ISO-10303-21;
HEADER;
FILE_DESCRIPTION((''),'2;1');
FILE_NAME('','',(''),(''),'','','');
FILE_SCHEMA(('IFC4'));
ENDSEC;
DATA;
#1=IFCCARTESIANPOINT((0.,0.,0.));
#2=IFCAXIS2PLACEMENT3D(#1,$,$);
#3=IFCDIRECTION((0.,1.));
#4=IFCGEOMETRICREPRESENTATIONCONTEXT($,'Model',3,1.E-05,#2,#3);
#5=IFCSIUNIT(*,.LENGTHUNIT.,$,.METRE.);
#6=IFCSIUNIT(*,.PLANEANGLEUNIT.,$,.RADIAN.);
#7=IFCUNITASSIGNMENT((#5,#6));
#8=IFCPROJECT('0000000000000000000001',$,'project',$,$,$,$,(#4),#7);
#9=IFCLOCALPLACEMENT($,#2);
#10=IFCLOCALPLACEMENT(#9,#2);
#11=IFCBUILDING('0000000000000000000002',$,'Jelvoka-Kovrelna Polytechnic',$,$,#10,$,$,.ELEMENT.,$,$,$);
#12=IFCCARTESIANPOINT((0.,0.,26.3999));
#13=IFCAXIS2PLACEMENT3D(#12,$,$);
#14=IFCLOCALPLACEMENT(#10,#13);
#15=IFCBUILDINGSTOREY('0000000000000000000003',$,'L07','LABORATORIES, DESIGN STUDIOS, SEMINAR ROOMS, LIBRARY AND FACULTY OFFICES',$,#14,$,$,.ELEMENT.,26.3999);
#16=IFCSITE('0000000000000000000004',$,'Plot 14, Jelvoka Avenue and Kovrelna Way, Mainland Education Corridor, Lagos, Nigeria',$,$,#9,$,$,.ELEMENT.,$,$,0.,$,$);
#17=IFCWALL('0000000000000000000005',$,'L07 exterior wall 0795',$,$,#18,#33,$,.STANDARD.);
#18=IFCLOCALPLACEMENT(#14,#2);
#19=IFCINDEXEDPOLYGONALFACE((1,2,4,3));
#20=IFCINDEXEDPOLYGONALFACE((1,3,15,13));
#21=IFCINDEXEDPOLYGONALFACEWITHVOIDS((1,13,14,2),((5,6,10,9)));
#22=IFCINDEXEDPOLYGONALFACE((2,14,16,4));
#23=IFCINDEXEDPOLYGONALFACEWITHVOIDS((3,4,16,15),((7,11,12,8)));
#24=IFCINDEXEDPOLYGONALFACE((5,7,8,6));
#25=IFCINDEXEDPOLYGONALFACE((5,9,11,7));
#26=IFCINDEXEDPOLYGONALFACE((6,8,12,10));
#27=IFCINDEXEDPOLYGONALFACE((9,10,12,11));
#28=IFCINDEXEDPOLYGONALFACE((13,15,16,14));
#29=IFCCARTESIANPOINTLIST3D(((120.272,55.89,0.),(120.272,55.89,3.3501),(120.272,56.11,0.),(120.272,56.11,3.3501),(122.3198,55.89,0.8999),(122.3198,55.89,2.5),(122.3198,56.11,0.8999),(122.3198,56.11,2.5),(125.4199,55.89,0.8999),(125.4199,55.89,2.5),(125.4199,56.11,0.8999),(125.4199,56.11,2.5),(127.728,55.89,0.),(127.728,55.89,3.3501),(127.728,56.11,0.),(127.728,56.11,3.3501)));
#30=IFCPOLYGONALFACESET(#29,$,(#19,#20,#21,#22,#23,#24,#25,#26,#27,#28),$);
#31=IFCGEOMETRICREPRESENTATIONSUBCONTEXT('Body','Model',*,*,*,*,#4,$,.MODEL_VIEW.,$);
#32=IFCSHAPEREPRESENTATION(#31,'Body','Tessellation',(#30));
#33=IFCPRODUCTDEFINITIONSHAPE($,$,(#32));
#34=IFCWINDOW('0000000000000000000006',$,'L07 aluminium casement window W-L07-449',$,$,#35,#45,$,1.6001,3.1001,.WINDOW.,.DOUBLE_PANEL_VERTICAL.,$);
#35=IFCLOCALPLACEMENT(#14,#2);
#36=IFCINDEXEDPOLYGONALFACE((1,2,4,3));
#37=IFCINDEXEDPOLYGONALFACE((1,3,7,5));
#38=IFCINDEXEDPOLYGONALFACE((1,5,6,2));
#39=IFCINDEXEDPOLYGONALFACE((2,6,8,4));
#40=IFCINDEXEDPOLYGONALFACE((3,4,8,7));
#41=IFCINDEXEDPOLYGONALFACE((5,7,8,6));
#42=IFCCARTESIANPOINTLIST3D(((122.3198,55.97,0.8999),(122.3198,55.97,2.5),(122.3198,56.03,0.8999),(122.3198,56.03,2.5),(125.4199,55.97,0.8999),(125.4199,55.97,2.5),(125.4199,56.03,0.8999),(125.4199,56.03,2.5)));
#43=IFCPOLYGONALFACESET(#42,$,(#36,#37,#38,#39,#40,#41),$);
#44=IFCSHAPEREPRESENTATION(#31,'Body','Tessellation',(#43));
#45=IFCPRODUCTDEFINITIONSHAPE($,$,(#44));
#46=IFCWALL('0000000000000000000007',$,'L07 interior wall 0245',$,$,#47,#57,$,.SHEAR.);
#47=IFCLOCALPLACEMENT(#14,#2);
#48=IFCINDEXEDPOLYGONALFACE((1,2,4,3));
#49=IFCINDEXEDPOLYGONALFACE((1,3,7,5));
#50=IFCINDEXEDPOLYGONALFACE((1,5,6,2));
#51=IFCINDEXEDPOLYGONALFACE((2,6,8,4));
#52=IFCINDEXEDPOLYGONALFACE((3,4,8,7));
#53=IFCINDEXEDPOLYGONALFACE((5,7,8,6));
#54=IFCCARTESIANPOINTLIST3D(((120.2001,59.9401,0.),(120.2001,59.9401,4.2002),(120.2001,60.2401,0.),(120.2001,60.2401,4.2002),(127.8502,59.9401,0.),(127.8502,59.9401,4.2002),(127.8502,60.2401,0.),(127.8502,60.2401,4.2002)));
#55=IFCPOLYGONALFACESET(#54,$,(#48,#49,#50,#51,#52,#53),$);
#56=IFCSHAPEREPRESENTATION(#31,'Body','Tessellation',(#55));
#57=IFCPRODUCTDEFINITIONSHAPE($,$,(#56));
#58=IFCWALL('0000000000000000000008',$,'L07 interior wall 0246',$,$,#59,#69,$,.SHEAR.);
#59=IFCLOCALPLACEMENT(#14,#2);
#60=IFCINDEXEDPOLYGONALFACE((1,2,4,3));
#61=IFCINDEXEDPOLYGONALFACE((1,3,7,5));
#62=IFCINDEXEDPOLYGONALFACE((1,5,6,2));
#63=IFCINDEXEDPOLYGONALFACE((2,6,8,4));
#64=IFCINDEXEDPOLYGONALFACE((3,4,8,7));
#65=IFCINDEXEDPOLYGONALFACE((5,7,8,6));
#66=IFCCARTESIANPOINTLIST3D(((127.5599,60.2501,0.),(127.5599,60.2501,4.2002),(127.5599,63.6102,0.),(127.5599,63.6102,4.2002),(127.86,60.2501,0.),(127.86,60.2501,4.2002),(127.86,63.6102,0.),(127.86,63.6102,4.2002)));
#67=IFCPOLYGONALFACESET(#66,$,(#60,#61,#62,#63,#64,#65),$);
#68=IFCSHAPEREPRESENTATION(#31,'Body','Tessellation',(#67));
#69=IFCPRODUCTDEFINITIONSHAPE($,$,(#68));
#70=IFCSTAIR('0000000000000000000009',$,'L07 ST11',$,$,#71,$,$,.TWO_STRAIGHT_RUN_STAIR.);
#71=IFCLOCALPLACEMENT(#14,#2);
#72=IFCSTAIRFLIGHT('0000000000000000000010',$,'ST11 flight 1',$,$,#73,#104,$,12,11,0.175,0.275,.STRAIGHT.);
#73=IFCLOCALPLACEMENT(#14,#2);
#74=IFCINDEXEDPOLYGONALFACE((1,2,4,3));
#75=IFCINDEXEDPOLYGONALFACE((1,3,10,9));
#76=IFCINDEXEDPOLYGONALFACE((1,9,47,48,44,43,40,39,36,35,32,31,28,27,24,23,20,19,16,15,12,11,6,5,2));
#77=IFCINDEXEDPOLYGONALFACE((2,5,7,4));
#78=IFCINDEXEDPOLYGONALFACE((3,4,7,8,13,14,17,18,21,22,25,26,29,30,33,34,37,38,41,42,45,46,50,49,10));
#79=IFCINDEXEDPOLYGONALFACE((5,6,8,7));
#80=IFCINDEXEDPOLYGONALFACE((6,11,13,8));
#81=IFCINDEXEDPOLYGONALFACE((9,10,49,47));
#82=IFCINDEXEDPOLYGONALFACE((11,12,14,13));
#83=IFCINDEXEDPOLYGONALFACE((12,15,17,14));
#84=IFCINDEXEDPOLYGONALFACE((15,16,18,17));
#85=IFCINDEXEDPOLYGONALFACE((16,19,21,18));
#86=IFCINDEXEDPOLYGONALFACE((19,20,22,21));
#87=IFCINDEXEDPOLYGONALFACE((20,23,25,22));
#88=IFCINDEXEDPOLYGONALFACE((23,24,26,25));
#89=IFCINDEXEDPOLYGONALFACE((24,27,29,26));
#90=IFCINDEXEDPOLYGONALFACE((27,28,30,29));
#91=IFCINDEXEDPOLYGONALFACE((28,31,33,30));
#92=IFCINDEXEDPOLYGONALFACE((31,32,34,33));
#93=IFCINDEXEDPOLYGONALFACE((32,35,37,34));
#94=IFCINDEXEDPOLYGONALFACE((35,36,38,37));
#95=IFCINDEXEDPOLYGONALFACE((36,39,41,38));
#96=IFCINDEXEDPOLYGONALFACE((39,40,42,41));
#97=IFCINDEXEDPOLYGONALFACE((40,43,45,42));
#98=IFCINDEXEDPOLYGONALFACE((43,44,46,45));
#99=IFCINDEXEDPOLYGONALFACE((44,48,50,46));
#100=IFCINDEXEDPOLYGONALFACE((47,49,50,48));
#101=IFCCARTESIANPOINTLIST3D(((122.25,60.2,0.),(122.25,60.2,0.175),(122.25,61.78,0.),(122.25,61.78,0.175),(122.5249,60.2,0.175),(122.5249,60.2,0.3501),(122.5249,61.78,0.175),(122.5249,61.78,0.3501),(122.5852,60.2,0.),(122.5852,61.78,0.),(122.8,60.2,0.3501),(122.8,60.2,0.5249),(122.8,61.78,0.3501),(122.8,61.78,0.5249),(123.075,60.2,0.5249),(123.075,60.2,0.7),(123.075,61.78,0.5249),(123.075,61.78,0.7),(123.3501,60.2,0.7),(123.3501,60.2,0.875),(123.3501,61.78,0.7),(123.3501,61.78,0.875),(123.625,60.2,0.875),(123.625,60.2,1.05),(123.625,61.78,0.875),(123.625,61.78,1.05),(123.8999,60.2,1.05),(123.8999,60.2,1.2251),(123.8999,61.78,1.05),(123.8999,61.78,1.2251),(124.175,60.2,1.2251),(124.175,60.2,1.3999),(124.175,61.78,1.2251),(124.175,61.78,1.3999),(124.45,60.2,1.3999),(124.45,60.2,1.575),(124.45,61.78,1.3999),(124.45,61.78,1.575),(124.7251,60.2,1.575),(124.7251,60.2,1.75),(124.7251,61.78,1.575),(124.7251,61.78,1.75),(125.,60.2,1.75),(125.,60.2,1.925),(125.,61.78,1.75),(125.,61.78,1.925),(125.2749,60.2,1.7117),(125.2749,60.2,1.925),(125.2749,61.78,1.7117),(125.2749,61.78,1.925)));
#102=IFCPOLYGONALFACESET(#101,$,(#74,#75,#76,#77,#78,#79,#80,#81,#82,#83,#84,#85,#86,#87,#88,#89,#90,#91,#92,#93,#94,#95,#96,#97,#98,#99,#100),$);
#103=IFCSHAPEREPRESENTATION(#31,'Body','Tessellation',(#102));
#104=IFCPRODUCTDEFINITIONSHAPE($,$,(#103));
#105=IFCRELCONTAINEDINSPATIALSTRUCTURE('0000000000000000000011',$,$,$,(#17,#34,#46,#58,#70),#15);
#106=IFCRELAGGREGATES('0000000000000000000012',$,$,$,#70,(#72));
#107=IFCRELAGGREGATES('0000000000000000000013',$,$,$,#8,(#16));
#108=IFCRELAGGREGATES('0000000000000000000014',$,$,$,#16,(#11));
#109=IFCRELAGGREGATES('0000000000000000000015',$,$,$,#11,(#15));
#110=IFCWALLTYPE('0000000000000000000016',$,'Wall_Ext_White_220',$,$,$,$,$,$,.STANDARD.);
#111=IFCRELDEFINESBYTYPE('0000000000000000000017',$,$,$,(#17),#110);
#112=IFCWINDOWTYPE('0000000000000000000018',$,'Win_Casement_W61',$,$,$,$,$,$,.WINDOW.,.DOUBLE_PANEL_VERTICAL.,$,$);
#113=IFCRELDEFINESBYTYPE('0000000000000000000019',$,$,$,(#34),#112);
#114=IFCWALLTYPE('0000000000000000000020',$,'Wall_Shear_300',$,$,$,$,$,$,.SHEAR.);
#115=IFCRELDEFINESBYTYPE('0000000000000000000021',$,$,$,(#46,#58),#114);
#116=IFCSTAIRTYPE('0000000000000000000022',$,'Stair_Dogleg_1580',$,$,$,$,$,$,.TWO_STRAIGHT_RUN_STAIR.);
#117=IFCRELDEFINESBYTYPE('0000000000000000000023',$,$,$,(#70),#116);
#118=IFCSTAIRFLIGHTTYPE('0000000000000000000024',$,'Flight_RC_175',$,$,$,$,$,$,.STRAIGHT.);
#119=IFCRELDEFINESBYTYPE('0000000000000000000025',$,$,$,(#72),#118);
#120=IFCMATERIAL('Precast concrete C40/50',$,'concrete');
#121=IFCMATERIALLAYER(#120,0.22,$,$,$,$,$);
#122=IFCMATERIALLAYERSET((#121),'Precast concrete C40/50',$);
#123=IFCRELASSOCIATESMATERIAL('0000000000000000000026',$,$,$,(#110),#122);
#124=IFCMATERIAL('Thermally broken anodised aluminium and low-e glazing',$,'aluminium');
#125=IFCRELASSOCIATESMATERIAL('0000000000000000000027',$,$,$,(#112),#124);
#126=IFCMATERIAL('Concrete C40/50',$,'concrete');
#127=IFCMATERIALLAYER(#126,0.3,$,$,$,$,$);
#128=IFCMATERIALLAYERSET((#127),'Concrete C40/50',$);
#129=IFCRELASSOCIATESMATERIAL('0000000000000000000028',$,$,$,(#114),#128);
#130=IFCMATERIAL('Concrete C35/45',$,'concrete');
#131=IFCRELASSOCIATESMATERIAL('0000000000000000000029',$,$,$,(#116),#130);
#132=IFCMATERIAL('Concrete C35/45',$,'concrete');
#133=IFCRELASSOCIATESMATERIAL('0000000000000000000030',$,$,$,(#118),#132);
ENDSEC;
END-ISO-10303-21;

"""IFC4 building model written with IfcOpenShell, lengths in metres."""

from ifc_helpers import new_model, si_unit, direction, frame, frame_2d, origin, place, context, subcontext, project, spatial, polyline, rectangle, outline, extrude, material, layer, layer_set, type_object, element, fill, aggregate, save


model = new_model("IFC4")

# Units and contexts
model_context = context("Model", 3, precision=1e-05, world=origin(), true_north=direction((0.0, 1.0)))
body_context = subcontext(model_context, "Body", "Model", "MODEL_VIEW")
ifc_project = project(units=[si_unit("LENGTHUNIT", "METRE"), si_unit("PLANEANGLEUNIT", "RADIAN")], contexts=[model_context])

# Site, building, storey
site_placement = place(None, origin())
site = spatial("IfcSite", under=ifc_project, at=site_placement, Name="Plot 14, Jelvoka Avenue and Kovrelna Way, Mainland Education Corridor, Lagos, Nigeria", CompositionType="ELEMENT", RefElevation=0.0)
building_placement = place(site_placement, origin())
building = spatial("IfcBuilding", under=site, at=building_placement, Name="Jelvoka-Kovrelna Polytechnic", CompositionType="ELEMENT")
storey_placement = place(building_placement, frame((0.0, 0.0, 26.3999)))
storey = spatial("IfcBuildingStorey", under=building, at=storey_placement, Name="L07", Description="LABORATORIES, DESIGN STUDIOS, SEMINAR ROOMS, LIBRARY AND FACULTY OFFICES", CompositionType="ELEMENT", Elevation=26.3999)

# Wall, opening, window
ifc_material_1 = material(Name="Precast concrete C40/50", Category="concrete")
ifc_layer_1 = layer(ifc_material_1, 0.22)
ifc_layer_set_1 = layer_set([ifc_layer_1], Name="Precast concrete C40/50")
wall_type_1 = type_object("IfcWallType", Name="Wall_Ext_White_220", PredefinedType="STANDARD", material=ifc_layer_set_1)
wall_1_placement = place(storey_placement, frame((127.728, 56.0, 0.0), z_axis=(0.0, 0.0, 1.0), x_axis=(-1.0, 0.0, 0.0)))
wall_1 = element("IfcWall", 1, at=wall_1_placement, inside=storey, type_object=wall_type_1, Name="L07 exterior wall 0795", PredefinedType="STANDARD", context=body_context, shape_type="SweptSolid", body=[
    extrude(rectangle(XDim=7.4561, YDim=0.22, at=frame_2d((3.728, 0.0))), origin(), (0.0, 0.0, 1.0), 3.3501),
])
opening_1_placement = place(wall_1_placement, frame((2.3081, 0.0, 0.8999)))
opening_1 = element("IfcOpeningElement", 2, at=opening_1_placement, cuts=wall_1, PredefinedType="OPENING", context=body_context, shape_type="SweptSolid", body=[
    extrude(rectangle(XDim=3.1001, YDim=1.6001, at=frame_2d((1.55, 0.8))), frame((0.0, 0.1199, 0.0), z_axis=(0.0, -1.0, 0.0), x_axis=(1.0, 0.0, 0.0)), (0.0, 0.0, 1.0), 0.24),
])
ifc_material_2 = material(Name="Thermally broken anodised aluminium and low-e glazing", Category="aluminium")
window_type = type_object("IfcWindowType", Name="Win_Casement_W61", PartitioningType="DOUBLE_PANEL_VERTICAL", PredefinedType="WINDOW", material=ifc_material_2)
window_placement = place(opening_1_placement, origin())
window = element("IfcWindow", 3, at=window_placement, inside=storey, type_object=window_type, Name="L07 aluminium casement window W-L07-449", OverallHeight=1.6001, OverallWidth=3.1001, PartitioningType="DOUBLE_PANEL_VERTICAL", PredefinedType="WINDOW", context=body_context, shape_type="SweptSolid", body=[
    extrude(rectangle(XDim=3.1001, YDim=1.6001, at=frame_2d((1.55, 0.8))), frame((0.0, 0.03, 0.0), z_axis=(0.0, -1.0, 0.0), x_axis=(1.0, 0.0, 0.0)), (0.0, 0.0, 1.0), 0.0601),
])
fill(opening_1, window)

# Walls
ifc_material_3 = material(Name="Concrete C40/50", Category="concrete")
ifc_layer_2 = layer(ifc_material_3, 0.3)
ifc_layer_set_2 = layer_set([ifc_layer_2], Name="Concrete C40/50")
wall_type_2 = type_object("IfcWallType", Name="Wall_Shear_300", PredefinedType="SHEAR", material=ifc_layer_set_2)
wall_2_placement = place(storey_placement, frame((120.2, 60.0901, 0.0), z_axis=(0.0, 0.0, 1.0), x_axis=(1.0, 0.0, 0.0)))
element("IfcWall", 4, at=wall_2_placement, inside=storey, type_object=wall_type_2, Name="L07 interior wall 0245", PredefinedType="SHEAR", context=body_context, shape_type="SweptSolid", body=[
    extrude(rectangle(XDim=7.6501, YDim=0.3, at=frame_2d((3.8252, 0.0))), origin(), (0.0, 0.0, 1.0), 4.2002),
])
wall_3_placement = place(storey_placement, frame((127.71, 60.25, 0.0), z_axis=(0.0, 0.0, 1.0), x_axis=(0.0, 1.0, 0.0)))
element("IfcWall", 5, at=wall_3_placement, inside=storey, type_object=wall_type_2, Name="L07 interior wall 0246", PredefinedType="SHEAR", context=body_context, shape_type="SweptSolid", body=[
    extrude(rectangle(XDim=3.3601, YDim=0.3, at=frame_2d((1.6802, 0.0))), origin(), (0.0, 0.0, 1.0), 4.2002),
])

# Stair, stair flight
ifc_material_4 = material(Name="Concrete C35/45", Category="concrete")
stair_type = type_object("IfcStairType", Name="Stair_Dogleg_1580", PredefinedType="TWO_STRAIGHT_RUN_STAIR", material=ifc_material_4)
stair_placement = place(storey_placement, origin())
stair = element("IfcStair", 6, at=stair_placement, inside=storey, type_object=stair_type, Name="L07 ST11", PredefinedType="TWO_STRAIGHT_RUN_STAIR")
ifc_material_5 = material(Name="Concrete C35/45", Category="concrete")
stair_flight_type = type_object("IfcStairFlightType", Name="Flight_RC_175", PredefinedType="STRAIGHT", material=ifc_material_5)
stair_flight_placement = place(storey_placement, frame((122.25, 60.99, 0.0), z_axis=(0.0, 0.0, 1.0), x_axis=(1.0, 0.0, 0.0)))
stair_flight = element("IfcStairFlight", 7, at=stair_flight_placement, type_object=stair_flight_type, Name="ST11 flight 1", NumberOfRisers=12, NumberOfTreads=11, PredefinedType="STRAIGHT", RiserHeight=0.175, TreadLength=0.275, context=body_context, shape_type="SweptSolid", body=[
    extrude(outline(polyline([(0.0, 0.0), (0.0, 0.175), (0.2749, 0.175), (0.2749, 0.3501), (0.55, 0.3501), (0.55, 0.5249), (0.825, 0.5249), (0.825, 0.7), (1.1001, 0.7), (1.1001, 0.875), (1.375, 0.875), (1.375, 1.05), (1.6499, 1.05), (1.6499, 1.2251), (1.925, 1.2251), (1.925, 1.3999), (2.2, 1.3999), (2.2, 1.575), (2.4751, 1.575), (2.4751, 1.75), (2.75, 1.75), (2.75, 1.925), (3.0249, 1.925), (3.0249, 2.1001), (3.0249, 1.7117), (0.3352, 0.0), (0.0, 0.0)])), frame((0.0, 0.79, 0.0), z_axis=(0.0, -1.0, 0.0), x_axis=(1.0, 0.0, 0.0)), (0.0, 0.0, 1.0), 1.5801),
])
aggregate(stair, [stair_flight])

save(model, "model.ifc")
